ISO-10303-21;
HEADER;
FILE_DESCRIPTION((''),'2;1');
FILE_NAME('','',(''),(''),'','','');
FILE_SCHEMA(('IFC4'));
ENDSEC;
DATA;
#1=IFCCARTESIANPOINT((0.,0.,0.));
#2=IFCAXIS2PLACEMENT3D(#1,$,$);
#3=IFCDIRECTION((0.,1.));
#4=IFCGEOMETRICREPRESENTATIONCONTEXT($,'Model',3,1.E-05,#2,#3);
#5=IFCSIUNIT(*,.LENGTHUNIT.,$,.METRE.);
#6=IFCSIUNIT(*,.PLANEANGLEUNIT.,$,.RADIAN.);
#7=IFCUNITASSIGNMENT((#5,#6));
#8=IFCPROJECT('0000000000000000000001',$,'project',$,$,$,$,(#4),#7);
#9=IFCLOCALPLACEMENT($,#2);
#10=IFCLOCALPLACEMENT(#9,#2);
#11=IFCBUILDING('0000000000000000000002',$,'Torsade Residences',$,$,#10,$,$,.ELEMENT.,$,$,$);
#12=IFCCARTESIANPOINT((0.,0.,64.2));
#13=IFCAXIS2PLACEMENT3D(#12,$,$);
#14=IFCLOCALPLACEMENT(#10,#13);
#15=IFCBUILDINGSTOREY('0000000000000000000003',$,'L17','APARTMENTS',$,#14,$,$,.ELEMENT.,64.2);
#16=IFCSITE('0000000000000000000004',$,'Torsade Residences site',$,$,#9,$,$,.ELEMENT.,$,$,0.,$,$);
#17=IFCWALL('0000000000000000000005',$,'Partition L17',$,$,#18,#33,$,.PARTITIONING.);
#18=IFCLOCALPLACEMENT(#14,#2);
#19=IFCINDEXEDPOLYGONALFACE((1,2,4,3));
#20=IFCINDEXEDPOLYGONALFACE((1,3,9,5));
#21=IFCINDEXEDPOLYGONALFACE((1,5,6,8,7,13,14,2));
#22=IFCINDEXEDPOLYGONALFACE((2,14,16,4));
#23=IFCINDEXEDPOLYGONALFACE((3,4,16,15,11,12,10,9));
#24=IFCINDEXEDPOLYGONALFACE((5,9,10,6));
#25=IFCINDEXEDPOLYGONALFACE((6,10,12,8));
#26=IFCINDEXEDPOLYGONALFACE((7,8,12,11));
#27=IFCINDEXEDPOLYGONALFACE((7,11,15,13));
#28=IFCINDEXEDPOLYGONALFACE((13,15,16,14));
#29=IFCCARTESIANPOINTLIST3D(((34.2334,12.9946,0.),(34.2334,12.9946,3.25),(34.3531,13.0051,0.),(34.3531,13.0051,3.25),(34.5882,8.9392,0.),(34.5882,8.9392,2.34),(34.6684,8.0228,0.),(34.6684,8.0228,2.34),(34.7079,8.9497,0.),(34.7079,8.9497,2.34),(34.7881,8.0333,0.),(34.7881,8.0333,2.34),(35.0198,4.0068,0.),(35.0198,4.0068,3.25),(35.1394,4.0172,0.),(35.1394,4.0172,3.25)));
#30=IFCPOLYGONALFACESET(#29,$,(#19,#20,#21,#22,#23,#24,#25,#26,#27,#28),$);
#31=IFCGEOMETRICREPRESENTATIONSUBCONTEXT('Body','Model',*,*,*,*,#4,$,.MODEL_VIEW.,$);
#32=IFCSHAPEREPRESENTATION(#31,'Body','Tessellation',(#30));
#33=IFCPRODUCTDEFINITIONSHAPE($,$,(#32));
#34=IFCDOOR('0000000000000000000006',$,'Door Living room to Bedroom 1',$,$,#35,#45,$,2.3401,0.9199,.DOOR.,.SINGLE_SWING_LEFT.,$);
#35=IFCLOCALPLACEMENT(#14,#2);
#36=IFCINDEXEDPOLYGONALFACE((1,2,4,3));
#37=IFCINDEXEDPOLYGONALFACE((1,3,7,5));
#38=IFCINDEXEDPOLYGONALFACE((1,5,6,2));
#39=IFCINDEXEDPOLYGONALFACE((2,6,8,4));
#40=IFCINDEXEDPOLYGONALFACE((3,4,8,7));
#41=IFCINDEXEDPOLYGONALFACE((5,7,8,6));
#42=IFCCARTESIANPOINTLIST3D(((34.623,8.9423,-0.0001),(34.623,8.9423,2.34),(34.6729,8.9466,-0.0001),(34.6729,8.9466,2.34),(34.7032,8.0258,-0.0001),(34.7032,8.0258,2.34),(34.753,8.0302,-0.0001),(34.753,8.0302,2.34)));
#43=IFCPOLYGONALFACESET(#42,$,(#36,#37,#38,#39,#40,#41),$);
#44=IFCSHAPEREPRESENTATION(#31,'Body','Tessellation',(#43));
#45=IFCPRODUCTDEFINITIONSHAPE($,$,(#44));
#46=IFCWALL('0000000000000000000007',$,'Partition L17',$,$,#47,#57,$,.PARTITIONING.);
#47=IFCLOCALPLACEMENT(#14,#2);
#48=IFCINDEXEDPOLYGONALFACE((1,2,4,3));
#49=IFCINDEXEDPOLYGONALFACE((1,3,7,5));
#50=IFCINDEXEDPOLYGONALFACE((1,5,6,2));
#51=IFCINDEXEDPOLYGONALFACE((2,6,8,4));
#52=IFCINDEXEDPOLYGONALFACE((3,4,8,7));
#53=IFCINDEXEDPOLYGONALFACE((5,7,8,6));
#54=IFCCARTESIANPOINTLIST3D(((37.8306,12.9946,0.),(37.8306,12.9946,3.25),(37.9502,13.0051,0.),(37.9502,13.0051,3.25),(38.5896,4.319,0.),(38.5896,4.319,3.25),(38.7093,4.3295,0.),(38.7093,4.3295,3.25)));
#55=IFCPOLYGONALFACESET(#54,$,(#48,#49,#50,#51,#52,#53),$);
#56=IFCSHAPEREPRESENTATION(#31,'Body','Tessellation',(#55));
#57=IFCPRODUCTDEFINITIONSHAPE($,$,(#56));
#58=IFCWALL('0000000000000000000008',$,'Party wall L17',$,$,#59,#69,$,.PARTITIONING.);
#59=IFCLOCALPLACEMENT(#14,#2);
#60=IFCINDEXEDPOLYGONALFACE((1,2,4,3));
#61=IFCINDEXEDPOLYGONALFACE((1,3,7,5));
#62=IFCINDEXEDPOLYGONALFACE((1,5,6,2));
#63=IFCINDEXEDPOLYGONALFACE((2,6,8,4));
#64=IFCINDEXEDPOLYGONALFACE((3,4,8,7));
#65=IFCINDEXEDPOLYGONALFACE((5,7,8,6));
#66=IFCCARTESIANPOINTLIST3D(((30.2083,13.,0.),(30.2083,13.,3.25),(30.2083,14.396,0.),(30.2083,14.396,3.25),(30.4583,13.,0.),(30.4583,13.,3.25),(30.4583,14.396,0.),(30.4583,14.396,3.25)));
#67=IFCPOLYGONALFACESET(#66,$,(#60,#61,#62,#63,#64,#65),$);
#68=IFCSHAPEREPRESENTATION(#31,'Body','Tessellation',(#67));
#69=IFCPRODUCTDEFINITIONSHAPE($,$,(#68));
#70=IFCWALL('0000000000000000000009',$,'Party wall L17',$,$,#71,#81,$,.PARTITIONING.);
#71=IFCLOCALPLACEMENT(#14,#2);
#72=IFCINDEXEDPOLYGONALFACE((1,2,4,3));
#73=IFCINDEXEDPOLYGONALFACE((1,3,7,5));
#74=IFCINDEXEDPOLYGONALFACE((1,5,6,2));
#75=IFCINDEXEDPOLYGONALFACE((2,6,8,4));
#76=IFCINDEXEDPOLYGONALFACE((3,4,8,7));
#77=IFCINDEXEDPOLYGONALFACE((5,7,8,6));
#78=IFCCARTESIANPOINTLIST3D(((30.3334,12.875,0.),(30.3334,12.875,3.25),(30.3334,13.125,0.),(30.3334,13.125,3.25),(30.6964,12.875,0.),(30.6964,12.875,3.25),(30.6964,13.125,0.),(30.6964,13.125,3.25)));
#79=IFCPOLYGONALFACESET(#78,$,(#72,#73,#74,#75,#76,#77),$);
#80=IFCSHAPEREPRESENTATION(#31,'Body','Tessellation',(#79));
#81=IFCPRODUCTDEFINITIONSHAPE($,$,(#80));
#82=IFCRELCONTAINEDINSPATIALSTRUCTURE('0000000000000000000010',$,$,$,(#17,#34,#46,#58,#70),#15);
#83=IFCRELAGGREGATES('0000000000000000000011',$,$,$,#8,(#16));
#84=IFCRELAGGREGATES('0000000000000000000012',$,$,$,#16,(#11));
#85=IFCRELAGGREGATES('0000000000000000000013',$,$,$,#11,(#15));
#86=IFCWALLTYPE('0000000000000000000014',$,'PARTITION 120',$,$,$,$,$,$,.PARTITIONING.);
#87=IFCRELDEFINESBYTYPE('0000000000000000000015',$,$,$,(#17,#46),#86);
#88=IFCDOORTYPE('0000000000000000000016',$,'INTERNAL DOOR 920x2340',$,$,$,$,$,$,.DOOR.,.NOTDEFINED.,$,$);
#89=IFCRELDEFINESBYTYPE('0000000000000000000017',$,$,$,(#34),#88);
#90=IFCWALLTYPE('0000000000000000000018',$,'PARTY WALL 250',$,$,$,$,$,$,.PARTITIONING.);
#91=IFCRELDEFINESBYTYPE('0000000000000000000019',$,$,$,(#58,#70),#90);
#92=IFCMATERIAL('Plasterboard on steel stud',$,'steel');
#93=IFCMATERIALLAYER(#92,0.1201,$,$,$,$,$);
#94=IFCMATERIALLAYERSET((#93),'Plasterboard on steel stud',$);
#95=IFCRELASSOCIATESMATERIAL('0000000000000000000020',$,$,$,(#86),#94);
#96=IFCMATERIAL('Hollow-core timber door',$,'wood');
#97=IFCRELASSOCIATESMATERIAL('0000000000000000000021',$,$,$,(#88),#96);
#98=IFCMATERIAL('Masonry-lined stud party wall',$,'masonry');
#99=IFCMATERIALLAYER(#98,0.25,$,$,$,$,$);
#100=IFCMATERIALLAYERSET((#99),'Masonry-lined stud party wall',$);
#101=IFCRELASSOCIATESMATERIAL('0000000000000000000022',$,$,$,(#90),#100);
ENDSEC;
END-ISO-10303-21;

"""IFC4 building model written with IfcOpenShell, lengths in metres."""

from ifc_helpers import new_model, si_unit, direction, frame, frame_2d, origin, place, context, subcontext, project, spatial, rectangle, extrude, material, layer, layer_set, type_object, element, fill, save


model = new_model("IFC4")

# Units and contexts
model_context = context("Model", 3, precision=1e-05, world=origin(), true_north=direction((0.0, 1.0)))
body_context = subcontext(model_context, "Body", "Model", "MODEL_VIEW")
ifc_project = project(units=[si_unit("LENGTHUNIT", "METRE"), si_unit("PLANEANGLEUNIT", "RADIAN")], contexts=[model_context])

# Site, building, storey
site_placement = place(None, origin())
site = spatial("IfcSite", under=ifc_project, at=site_placement, Name="Torsade Residences site", CompositionType="ELEMENT", RefElevation=0.0)
building_placement = place(site_placement, origin())
building = spatial("IfcBuilding", under=site, at=building_placement, Name="Torsade Residences", CompositionType="ELEMENT")
storey_placement = place(building_placement, frame((0.0, 0.0, 64.2)))
storey = spatial("IfcBuildingStorey", under=building, at=storey_placement, Name="L17", Description="APARTMENTS", CompositionType="ELEMENT", Elevation=64.2)

# Wall, opening, door
ifc_material_1 = material(Name="Plasterboard on steel stud", Category="steel")
ifc_layer_1 = layer(ifc_material_1, 0.1201)
ifc_layer_set_1 = layer_set([ifc_layer_1], Name="Plasterboard on steel stud")
wall_type_1 = type_object("IfcWallType", Name="PARTITION 120", PredefinedType="PARTITIONING", material=ifc_layer_set_1)
wall_1_placement = place(storey_placement, frame((34.2932, 13.0, 0.0), z_axis=(0.0, 0.0, 1.0), x_axis=(0.087161, -0.996194, 0.0)))
wall_1 = element("IfcWall", 1, at=wall_1_placement, inside=storey, type_object=wall_type_1, Name="Partition L17", PredefinedType="PARTITIONING", context=body_context, shape_type="SweptSolid", body=[
    extrude(rectangle(XDim=9.0222, YDim=0.1201, at=frame_2d((4.5112, 0.0))), origin(), (0.0, 0.0, 1.0), 3.25),
])
opening_1_placement = place(wall_1_placement, frame((4.071, 0.0, 0.0)))
opening_1 = element("IfcOpeningElement", 2, at=opening_1_placement, cuts=wall_1, PredefinedType="OPENING", context=body_context, shape_type="SweptSolid", body=[
    extrude(rectangle(XDim=0.9199, YDim=2.3401, at=frame_2d((0.46, 1.1699))), frame((0.0, 0.0701, 0.0), z_axis=(0.0, -1.0, 0.0), x_axis=(1.0, 0.0, 0.0)), (0.0, 0.0, 1.0), 0.1401),
])
ifc_material_2 = material(Name="Hollow-core timber door", Category="wood")
door_type_1 = type_object("IfcDoorType", Name="INTERNAL DOOR 920x2340", OperationType="NOTDEFINED", PredefinedType="DOOR", material=ifc_material_2)
door_1_placement = place(opening_1_placement, origin())
door_1 = element("IfcDoor", 3, at=door_1_placement, inside=storey, type_object=door_type_1, Name="Door Living room to Bedroom 1", OperationType="SINGLE_SWING_LEFT", OverallHeight=2.3401, OverallWidth=0.9199, PredefinedType="DOOR", context=body_context, shape_type="SweptSolid", body=[
    extrude(rectangle(XDim=0.9199, YDim=2.3401, at=frame_2d((0.46, 1.1699))), frame((0.0, 0.0249, 0.0), z_axis=(0.0, -1.0, 0.0), x_axis=(1.0, 0.0, 0.0)), (0.0, 0.0, 1.0), 0.05),
])
fill(opening_1, door_1)

# Walls
wall_2_placement = place(storey_placement, frame((37.8904, 13.0, 0.0), z_axis=(0.0, 0.0, 1.0), x_axis=(0.087158, -0.996194, 0.0)))
element("IfcWall", 4, at=wall_2_placement, inside=storey, type_object=wall_type_1, Name="Partition L17", PredefinedType="PARTITIONING", context=body_context, shape_type="SweptSolid", body=[
    extrude(rectangle(XDim=8.7087, YDim=0.1201, at=frame_2d((4.3545, 0.0))), origin(), (0.0, 0.0, 1.0), 3.25),
])
ifc_material_3 = material(Name="Masonry-lined stud party wall", Category="masonry")
ifc_layer_2 = layer(ifc_material_3, 0.25)
ifc_layer_set_2 = layer_set([ifc_layer_2], Name="Masonry-lined stud party wall")
wall_type_2 = type_object("IfcWallType", Name="PARTY WALL 250", PredefinedType="PARTITIONING", material=ifc_layer_set_2)
wall_3_placement = place(storey_placement, frame((30.3333, 14.396, 0.0), z_axis=(0.0, 0.0, 1.0), x_axis=(0.0, -1.0, 0.0)))
element("IfcWall", 5, at=wall_3_placement, inside=storey, type_object=wall_type_2, Name="Party wall L17", PredefinedType="PARTITIONING", context=body_context, shape_type="SweptSolid", body=[
    extrude(rectangle(XDim=1.396, YDim=0.25, at=frame_2d((0.698, 0.0))), origin(), (0.0, 0.0, 1.0), 3.25),
])
wall_4_placement = place(storey_placement, frame((30.3333, 13.0, 0.0), z_axis=(0.0, 0.0, 1.0), x_axis=(1.0, 0.0, 0.0)))
element("IfcWall", 6, at=wall_4_placement, inside=storey, type_object=wall_type_2, Name="Party wall L17", PredefinedType="PARTITIONING", context=body_context, shape_type="SweptSolid", body=[
    extrude(rectangle(XDim=0.363, YDim=0.25, at=frame_2d((0.1816, 0.0))), origin(), (0.0, 0.0, 1.0), 3.25),
])

save(model, "model.ifc")
